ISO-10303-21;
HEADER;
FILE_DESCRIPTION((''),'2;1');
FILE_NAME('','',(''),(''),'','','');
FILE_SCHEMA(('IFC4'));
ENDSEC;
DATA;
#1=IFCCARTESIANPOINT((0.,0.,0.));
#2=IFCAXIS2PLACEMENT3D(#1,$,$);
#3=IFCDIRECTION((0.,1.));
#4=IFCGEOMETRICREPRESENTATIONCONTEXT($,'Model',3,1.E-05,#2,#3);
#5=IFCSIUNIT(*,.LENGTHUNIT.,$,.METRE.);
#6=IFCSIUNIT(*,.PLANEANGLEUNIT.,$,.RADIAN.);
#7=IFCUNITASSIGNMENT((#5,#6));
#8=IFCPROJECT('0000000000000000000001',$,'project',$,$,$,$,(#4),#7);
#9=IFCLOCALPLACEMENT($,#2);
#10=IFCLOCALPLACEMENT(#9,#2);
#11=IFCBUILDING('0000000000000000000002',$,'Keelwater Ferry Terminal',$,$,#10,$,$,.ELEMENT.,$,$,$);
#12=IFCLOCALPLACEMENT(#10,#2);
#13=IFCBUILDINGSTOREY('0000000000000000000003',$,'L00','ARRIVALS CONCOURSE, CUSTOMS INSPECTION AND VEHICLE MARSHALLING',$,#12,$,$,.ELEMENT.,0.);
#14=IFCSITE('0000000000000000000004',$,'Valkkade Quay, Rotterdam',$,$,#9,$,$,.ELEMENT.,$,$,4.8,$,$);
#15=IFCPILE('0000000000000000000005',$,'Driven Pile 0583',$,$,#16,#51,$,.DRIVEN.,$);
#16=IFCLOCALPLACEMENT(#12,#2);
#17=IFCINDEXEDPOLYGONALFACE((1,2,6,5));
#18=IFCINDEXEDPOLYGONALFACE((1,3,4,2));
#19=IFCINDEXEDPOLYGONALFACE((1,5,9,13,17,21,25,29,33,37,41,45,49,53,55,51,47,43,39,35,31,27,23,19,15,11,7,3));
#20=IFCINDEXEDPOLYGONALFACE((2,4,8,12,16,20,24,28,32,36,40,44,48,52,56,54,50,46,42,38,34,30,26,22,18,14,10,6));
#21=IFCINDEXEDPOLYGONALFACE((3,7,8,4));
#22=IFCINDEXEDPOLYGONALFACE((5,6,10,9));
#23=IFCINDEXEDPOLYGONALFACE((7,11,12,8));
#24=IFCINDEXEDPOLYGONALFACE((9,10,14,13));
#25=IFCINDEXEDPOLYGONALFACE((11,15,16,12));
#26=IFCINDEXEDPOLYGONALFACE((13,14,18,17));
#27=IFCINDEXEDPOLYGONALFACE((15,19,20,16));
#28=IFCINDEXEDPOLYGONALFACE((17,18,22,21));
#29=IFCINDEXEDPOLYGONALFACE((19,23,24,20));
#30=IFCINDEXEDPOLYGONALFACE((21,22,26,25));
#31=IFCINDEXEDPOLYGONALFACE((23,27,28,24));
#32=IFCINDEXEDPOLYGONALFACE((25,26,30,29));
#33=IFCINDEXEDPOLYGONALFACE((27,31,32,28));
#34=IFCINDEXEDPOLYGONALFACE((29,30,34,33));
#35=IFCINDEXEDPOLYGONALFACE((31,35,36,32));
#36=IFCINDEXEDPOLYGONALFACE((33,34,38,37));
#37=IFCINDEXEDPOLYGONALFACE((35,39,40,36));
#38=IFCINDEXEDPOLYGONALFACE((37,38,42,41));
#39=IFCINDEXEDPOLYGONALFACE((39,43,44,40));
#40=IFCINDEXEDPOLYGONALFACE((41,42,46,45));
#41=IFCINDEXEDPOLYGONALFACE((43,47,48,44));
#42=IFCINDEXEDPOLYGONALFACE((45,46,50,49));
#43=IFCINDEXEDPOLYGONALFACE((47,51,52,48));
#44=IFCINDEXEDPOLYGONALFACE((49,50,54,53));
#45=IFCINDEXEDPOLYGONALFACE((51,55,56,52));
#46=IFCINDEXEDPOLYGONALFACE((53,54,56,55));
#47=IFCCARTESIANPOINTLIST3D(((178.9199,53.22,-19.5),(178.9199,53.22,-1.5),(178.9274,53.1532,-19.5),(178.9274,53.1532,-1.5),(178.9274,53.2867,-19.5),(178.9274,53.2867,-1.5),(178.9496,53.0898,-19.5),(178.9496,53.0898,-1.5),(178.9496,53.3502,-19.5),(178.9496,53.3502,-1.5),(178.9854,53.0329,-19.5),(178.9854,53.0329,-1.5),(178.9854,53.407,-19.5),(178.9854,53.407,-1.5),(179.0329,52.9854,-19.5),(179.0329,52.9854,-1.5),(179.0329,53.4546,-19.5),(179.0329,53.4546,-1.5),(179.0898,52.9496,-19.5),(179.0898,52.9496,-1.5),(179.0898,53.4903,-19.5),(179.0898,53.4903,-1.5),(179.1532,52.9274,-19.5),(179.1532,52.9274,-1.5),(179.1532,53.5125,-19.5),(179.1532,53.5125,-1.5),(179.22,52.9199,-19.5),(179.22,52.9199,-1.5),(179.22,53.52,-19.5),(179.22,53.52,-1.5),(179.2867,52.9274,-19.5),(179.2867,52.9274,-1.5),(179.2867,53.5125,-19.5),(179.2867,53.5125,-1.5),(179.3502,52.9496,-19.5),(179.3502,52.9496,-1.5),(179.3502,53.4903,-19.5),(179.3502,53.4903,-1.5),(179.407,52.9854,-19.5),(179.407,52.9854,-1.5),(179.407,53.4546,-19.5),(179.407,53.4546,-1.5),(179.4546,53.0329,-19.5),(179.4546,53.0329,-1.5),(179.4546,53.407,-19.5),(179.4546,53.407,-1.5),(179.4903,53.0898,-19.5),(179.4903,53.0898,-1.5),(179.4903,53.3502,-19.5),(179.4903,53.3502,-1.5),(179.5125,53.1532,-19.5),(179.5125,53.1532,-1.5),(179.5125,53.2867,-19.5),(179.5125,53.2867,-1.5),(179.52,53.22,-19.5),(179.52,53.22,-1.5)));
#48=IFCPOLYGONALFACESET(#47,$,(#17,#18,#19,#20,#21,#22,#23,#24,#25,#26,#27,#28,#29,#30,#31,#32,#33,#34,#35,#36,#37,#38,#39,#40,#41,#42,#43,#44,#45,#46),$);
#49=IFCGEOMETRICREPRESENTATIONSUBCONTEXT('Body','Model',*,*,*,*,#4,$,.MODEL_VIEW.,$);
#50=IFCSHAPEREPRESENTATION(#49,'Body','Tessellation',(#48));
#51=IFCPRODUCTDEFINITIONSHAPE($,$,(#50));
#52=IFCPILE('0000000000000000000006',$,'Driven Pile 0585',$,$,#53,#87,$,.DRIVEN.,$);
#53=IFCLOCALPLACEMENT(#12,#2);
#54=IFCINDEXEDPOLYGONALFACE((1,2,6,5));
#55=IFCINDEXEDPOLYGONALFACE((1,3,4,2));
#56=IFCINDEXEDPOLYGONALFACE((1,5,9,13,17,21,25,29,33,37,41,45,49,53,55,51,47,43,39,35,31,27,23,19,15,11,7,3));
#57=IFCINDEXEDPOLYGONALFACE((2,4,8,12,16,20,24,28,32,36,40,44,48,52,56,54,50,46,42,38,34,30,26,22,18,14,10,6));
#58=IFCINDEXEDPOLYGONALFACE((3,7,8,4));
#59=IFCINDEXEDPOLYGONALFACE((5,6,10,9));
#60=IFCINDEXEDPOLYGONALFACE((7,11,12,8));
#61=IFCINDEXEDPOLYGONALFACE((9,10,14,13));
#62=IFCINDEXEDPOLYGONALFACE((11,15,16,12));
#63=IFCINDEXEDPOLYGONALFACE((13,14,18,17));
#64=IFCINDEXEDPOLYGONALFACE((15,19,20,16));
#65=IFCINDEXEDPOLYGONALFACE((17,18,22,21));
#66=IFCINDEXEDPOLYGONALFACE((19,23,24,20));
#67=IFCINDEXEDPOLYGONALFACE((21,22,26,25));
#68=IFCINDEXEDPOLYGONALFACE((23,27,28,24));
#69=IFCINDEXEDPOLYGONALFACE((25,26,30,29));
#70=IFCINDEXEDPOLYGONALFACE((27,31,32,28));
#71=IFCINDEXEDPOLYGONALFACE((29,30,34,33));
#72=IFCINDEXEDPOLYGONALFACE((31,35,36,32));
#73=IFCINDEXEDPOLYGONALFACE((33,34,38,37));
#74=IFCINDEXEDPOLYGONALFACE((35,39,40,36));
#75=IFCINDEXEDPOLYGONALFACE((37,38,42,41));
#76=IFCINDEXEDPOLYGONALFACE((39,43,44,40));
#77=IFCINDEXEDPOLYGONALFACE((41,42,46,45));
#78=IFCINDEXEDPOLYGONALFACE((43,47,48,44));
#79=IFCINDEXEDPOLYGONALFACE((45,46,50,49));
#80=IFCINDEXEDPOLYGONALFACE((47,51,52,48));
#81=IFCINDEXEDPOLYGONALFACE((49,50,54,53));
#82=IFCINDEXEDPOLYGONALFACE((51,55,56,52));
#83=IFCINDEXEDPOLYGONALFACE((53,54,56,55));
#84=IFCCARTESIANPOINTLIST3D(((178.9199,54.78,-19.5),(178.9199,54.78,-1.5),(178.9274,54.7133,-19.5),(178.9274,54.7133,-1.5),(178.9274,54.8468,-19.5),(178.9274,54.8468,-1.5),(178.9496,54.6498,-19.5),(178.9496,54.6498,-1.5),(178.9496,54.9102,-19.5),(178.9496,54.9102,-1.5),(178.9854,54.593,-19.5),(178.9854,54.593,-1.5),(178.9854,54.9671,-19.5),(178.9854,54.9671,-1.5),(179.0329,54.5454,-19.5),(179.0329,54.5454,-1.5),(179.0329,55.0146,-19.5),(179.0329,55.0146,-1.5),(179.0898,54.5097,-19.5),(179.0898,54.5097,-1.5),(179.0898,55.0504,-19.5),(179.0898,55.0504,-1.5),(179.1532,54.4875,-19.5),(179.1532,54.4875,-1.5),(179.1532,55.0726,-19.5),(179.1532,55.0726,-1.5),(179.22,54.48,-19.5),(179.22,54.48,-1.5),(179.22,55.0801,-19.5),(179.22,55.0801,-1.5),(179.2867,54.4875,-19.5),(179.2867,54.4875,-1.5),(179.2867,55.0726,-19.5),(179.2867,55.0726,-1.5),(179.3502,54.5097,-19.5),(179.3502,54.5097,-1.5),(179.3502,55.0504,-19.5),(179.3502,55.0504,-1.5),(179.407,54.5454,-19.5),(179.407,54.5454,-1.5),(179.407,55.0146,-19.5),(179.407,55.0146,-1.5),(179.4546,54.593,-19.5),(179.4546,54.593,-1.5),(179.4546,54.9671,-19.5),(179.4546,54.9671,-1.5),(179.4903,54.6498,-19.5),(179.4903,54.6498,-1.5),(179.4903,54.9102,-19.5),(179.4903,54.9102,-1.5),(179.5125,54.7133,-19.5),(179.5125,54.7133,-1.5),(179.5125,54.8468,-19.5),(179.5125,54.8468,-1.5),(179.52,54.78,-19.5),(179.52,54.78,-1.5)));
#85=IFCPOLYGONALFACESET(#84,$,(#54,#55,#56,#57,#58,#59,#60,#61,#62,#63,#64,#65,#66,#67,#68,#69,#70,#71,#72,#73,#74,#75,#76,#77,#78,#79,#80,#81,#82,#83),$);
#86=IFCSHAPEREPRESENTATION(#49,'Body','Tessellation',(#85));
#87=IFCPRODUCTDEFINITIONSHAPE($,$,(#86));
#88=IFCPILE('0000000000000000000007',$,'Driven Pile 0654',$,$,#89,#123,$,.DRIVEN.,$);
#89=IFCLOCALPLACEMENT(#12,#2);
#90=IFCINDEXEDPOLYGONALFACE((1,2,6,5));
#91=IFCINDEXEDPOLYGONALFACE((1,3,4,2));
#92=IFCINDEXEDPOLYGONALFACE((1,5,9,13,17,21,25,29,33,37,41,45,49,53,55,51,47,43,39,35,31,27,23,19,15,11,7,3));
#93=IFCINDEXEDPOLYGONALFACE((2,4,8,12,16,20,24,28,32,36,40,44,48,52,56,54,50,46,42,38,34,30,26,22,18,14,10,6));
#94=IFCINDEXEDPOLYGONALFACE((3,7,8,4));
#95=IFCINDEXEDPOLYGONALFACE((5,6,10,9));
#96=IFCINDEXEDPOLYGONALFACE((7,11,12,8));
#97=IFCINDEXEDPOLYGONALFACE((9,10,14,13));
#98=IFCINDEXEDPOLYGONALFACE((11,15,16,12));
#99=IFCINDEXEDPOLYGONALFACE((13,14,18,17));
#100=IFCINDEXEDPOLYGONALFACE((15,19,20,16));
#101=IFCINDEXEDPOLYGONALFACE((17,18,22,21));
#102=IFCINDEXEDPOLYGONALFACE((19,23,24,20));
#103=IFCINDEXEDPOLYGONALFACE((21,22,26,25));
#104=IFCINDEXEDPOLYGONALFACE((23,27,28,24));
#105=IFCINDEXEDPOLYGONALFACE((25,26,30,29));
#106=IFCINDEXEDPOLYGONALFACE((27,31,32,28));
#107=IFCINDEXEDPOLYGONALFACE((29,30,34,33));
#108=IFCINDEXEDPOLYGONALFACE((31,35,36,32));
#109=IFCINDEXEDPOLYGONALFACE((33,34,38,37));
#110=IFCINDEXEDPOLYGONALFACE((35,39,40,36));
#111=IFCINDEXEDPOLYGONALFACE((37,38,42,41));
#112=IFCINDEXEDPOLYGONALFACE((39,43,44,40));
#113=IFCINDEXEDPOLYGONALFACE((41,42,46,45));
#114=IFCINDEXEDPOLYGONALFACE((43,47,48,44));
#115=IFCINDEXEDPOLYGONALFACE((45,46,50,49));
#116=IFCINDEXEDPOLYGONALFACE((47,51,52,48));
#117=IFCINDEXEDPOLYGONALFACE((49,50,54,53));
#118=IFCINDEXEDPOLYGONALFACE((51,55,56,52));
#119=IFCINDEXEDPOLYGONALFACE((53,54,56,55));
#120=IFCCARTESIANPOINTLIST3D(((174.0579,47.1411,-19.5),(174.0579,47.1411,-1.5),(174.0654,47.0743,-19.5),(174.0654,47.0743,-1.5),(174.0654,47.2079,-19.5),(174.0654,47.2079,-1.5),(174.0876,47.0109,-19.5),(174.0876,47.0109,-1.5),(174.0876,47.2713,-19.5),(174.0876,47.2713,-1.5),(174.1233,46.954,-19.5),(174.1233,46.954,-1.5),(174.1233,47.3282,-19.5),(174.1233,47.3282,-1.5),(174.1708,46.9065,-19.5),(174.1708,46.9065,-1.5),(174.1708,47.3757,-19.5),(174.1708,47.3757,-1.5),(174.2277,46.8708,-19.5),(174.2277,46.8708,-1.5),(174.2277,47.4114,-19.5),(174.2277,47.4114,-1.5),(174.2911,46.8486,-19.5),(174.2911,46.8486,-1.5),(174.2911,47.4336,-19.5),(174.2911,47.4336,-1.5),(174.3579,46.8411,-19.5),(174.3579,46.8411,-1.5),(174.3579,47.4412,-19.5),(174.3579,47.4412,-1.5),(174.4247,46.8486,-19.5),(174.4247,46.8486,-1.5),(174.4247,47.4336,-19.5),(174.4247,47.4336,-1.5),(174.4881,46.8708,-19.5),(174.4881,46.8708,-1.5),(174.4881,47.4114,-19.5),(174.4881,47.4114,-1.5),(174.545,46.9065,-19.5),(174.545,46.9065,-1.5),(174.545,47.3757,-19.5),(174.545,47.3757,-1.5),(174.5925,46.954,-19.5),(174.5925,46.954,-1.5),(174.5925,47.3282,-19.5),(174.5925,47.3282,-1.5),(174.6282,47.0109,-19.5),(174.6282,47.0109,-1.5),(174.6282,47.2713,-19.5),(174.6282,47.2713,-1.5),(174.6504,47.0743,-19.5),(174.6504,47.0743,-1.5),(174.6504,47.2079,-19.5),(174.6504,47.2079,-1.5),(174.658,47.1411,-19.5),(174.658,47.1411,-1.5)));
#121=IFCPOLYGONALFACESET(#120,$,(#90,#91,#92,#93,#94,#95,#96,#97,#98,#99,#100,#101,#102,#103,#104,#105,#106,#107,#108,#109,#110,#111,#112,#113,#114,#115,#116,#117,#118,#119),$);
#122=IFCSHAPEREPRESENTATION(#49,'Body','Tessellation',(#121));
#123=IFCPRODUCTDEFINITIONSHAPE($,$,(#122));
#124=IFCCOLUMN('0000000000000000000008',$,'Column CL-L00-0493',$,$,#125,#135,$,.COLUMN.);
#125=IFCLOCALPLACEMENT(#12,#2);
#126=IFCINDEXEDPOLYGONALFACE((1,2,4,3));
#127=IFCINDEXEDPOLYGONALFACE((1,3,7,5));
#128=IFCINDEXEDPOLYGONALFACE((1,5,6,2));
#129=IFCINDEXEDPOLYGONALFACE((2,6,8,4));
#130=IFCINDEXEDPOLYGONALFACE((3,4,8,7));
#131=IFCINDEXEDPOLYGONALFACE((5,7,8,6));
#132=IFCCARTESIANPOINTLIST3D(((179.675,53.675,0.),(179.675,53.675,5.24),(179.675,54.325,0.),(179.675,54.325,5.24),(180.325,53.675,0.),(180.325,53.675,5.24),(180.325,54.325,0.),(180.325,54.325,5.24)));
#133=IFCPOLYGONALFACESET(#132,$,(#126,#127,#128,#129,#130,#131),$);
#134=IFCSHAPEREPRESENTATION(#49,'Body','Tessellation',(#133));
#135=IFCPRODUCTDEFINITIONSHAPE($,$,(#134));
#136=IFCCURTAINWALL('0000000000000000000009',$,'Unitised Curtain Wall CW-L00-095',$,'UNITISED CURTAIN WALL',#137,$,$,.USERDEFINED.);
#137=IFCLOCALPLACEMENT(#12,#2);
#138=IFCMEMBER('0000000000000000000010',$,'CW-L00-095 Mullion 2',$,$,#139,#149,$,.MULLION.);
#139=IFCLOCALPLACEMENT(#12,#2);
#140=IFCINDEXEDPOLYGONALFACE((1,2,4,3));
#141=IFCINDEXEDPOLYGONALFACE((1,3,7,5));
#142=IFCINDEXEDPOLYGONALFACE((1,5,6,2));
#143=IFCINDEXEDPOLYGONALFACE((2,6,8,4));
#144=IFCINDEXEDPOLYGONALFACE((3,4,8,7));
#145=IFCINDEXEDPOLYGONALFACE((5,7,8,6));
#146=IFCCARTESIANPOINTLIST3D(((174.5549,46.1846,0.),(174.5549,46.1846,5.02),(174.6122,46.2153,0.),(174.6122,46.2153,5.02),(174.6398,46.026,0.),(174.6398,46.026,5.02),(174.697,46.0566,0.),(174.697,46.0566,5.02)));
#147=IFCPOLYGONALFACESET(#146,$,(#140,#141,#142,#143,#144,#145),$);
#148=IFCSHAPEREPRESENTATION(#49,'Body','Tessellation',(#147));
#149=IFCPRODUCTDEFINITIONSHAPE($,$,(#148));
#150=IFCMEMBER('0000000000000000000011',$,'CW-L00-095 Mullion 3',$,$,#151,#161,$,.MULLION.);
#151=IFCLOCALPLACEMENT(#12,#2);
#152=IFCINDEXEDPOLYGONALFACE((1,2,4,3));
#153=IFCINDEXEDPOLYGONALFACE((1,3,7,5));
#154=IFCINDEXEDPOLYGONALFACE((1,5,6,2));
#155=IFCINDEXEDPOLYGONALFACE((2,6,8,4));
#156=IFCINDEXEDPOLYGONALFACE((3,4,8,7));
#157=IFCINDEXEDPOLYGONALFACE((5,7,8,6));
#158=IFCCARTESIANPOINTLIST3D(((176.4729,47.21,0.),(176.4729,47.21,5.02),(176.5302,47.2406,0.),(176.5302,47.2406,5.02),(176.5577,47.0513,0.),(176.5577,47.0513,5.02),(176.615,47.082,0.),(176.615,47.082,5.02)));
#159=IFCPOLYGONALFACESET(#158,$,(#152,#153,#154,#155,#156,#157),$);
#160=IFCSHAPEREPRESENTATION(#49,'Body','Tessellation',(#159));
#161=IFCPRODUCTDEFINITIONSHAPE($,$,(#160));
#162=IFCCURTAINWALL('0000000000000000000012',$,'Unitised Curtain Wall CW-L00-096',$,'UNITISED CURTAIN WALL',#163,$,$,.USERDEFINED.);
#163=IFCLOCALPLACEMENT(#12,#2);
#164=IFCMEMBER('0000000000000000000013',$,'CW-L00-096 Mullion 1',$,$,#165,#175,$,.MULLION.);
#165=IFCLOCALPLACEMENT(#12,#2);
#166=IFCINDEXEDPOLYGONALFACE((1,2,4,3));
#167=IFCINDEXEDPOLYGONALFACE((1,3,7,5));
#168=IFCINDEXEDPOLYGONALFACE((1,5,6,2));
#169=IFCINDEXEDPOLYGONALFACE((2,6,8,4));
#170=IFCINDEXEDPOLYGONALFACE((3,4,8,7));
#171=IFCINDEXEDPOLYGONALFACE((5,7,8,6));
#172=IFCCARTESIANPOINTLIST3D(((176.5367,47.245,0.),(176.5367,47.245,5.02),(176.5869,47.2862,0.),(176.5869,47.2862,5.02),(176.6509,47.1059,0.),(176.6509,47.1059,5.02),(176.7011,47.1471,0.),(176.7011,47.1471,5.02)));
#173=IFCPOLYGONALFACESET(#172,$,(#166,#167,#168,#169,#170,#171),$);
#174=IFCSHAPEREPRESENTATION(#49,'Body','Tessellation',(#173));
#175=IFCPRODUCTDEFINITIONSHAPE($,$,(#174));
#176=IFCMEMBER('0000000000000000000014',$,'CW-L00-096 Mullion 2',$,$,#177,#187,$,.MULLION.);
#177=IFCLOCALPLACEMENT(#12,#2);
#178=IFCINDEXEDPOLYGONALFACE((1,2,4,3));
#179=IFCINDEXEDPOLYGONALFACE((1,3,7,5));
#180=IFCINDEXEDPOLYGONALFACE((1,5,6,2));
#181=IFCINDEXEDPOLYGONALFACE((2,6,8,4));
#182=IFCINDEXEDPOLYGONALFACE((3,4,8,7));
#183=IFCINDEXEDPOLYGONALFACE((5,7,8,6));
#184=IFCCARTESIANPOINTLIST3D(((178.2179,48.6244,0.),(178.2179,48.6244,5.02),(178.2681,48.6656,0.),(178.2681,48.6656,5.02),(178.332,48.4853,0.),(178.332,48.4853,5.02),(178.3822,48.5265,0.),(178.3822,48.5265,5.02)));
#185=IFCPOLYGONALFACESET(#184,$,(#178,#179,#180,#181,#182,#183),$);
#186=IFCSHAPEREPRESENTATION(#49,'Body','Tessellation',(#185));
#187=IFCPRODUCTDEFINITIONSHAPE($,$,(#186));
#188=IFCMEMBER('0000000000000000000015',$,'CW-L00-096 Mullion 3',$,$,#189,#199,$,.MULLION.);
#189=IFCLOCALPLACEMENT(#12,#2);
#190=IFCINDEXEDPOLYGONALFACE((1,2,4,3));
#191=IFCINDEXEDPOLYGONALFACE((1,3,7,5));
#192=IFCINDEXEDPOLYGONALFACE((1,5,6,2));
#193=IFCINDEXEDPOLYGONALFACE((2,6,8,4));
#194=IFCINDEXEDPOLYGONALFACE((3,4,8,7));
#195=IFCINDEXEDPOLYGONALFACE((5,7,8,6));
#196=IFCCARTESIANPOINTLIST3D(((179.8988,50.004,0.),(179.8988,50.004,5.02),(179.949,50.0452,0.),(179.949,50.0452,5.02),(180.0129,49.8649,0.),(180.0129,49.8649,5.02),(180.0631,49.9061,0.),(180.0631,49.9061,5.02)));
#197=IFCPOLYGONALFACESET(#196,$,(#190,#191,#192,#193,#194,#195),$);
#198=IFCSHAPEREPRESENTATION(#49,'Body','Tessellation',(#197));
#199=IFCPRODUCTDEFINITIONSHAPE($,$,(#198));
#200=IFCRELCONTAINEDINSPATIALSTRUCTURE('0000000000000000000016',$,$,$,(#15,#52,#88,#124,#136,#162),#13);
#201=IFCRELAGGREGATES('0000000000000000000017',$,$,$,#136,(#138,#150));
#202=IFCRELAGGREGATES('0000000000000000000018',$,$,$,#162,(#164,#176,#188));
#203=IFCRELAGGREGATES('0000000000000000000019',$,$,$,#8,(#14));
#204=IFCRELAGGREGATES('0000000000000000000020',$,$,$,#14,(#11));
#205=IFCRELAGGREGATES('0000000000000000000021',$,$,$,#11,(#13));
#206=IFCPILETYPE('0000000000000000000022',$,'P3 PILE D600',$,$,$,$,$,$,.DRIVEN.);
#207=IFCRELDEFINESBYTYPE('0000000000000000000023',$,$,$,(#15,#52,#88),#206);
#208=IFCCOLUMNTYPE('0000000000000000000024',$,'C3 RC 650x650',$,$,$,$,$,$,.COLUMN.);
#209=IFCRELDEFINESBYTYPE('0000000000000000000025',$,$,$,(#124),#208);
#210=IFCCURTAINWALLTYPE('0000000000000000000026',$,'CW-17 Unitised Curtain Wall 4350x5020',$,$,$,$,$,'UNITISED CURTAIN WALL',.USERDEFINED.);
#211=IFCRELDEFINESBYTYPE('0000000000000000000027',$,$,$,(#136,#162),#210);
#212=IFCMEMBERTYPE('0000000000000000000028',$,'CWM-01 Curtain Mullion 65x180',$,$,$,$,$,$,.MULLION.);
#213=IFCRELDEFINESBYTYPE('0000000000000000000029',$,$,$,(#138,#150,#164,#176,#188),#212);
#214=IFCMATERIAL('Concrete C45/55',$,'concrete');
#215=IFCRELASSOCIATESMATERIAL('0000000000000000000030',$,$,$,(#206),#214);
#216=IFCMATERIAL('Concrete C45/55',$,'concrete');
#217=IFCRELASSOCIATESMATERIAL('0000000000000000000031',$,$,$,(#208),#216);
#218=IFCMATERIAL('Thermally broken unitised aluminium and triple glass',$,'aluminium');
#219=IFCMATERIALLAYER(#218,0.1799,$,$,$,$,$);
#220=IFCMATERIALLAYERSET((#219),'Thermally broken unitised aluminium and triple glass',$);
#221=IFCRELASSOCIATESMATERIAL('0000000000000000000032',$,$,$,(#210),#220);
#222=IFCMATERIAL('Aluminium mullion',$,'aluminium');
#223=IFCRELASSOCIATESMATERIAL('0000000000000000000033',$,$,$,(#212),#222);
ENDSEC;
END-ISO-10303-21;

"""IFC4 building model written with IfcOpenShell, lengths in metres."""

from ifc_helpers import new_model, si_unit, direction, frame, origin, origin_2d, place, context, subcontext, project, spatial, rectangle, circle, extrude, material, layer, layer_set, material_profile, profile_set, type_object, element, aggregate, save


model = new_model("IFC4")

# Units and contexts
model_context = context("Model", 3, precision=1e-05, world=origin(), true_north=direction((0.0, 1.0)))
body_context = subcontext(model_context, "Body", "Model", "MODEL_VIEW")
ifc_project = project(units=[si_unit("LENGTHUNIT", "METRE"), si_unit("PLANEANGLEUNIT", "RADIAN")], contexts=[model_context])

# Site, building, storey
site_placement = place(None, origin())
site = spatial("IfcSite", under=ifc_project, at=site_placement, Name="Valkkade Quay, Rotterdam", CompositionType="ELEMENT", RefElevation=4.8)
building_placement = place(site_placement, origin())
building = spatial("IfcBuilding", under=site, at=building_placement, Name="Keelwater Ferry Terminal", CompositionType="ELEMENT")
storey_placement = place(building_placement, origin())
storey = spatial("IfcBuildingStorey", under=building, at=storey_placement, Name="L00", Description="ARRIVALS CONCOURSE, CUSTOMS INSPECTION AND VEHICLE MARSHALLING", CompositionType="ELEMENT", Elevation=0.0)

# Piles
ifc_material_1 = material(Name="Concrete C45/55", Category="concrete")
ifc_material_profile_1 = material_profile(ifc_material_1, circle(Radius=0.3, at=origin_2d()), Name="PILE D600")
ifc_profile_set_1 = profile_set([ifc_material_profile_1], Name="Concrete C45/55")
pile_type = type_object("IfcPileType", Name="P3 PILE D600", PredefinedType="DRIVEN", material=ifc_profile_set_1)
for number, where, z_axis, x_axis, name in (
    (1, (179.22, 53.22, -1.5), (0.0, 0.0, -1.0), (1.0, 0.0, 0.0), "Driven Pile 0583"),
    (2, (179.22, 54.78, -1.5), (0.0, 0.0, -1.0), (1.0, 0.0, 0.0), "Driven Pile 0585"),
    (3, (174.3579, 47.1411, -1.5), (0.0, 0.0, -1.0), (1.0, 0.0, 0.0), "Driven Pile 0654"),
):
    element("IfcPile", number, at=place(storey_placement, frame(where, z_axis=z_axis, x_axis=x_axis)), inside=storey, type_object=pile_type, Name=name, PredefinedType="DRIVEN", context=body_context, shape_type="SweptSolid", body=[
        extrude(circle(Radius=0.3, at=origin_2d()), origin(), (0.0, 0.0, 1.0), 18.0),
    ])

# Column
ifc_material_2 = material(Name="Concrete C45/55", Category="concrete")
ifc_material_profile_2 = material_profile(ifc_material_2, rectangle(XDim=0.6499, YDim=0.6499, at=origin_2d()), Name="RC 650x650")
ifc_profile_set_2 = profile_set([ifc_material_profile_2], Name="Concrete C45/55")
column_type = type_object("IfcColumnType", Name="C3 RC 650x650", PredefinedType="COLUMN", material=ifc_profile_set_2)
column_placement = place(storey_placement, frame((180.0, 54.0, 0.0), z_axis=(0.0, 0.0, 1.0), x_axis=(1.0, 0.0, 0.0)))
element("IfcColumn", 4, at=column_placement, inside=storey, type_object=column_type, Name="Column CL-L00-0493", PredefinedType="COLUMN", context=body_context, shape_type="SweptSolid", body=[
    extrude(rectangle(XDim=0.6499, YDim=0.6499, at=origin_2d()), origin(), (0.0, 0.0, 1.0), 5.24),
])

# Curtain walls, members
ifc_material_3 = material(Name="Thermally broken unitised aluminium and triple glass", Category="aluminium")
ifc_layer_1 = layer(ifc_material_3, 0.1799)
ifc_layer_set_1 = layer_set([ifc_layer_1], Name="Thermally broken unitised aluminium and triple glass")
curtain_wall_type = type_object("IfcCurtainWallType", Name="CW-17 Unitised Curtain Wall 4350x5020", ElementType="UNITISED CURTAIN WALL", PredefinedType="USERDEFINED", material=ifc_layer_set_1)
curtain_wall_1_placement = place(storey_placement, origin())
curtain_wall_1 = element("IfcCurtainWall", 5, at=curtain_wall_1_placement, inside=storey, type_object=curtain_wall_type, Name="Unitised Curtain Wall CW-L00-095", ObjectType="UNITISED CURTAIN WALL", PredefinedType="USERDEFINED")
ifc_material_4 = material(Name="Aluminium mullion", Category="aluminium")
ifc_material_profile_3 = material_profile(ifc_material_4, rectangle(XDim=0.0649, YDim=0.1799, at=origin_2d()), Name="CWM-01")
ifc_profile_set_3 = profile_set([ifc_material_profile_3], Name="Aluminium mullion")
member_type_1 = type_object("IfcMemberType", Name="CWM-01 Curtain Mullion 65x180", PredefinedType="MULLION", material=ifc_profile_set_3)
member_1_placement = place(storey_placement, frame((174.626, 46.1206, 0.0), z_axis=(0.0, 0.0, 1.0), x_axis=(0.881862, 0.471507, 0.0)))
member_1 = element("IfcMember", 6, at=member_1_placement, type_object=member_type_1, Name="CW-L00-095 Mullion 2", PredefinedType="MULLION", context=body_context, shape_type="SweptSolid", body=[
    extrude(rectangle(XDim=0.0649, YDim=0.1799, at=origin_2d()), origin(), (0.0, 0.0, 1.0), 5.02),
])
member_2_placement = place(storey_placement, frame((176.5439, 47.146, 0.0), z_axis=(0.0, 0.0, 1.0), x_axis=(0.881862, 0.471507, 0.0)))
member_2 = element("IfcMember", 7, at=member_2_placement, type_object=member_type_1, Name="CW-L00-095 Mullion 3", PredefinedType="MULLION", context=body_context, shape_type="SweptSolid", body=[
    extrude(rectangle(XDim=0.0649, YDim=0.1799, at=origin_2d()), origin(), (0.0, 0.0, 1.0), 5.02),
])
curtain_wall_2_placement = place(storey_placement, origin())
curtain_wall_2 = element("IfcCurtainWall", 8, at=curtain_wall_2_placement, inside=storey, type_object=curtain_wall_type, Name="Unitised Curtain Wall CW-L00-096", ObjectType="UNITISED CURTAIN WALL", PredefinedType="USERDEFINED")
member_3_placement = place(storey_placement, frame((176.6189, 47.196, 0.0), z_axis=(0.0, 0.0, 1.0), x_axis=(0.773024, 0.634377, 0.0)))
member_3 = element("IfcMember", 9, at=member_3_placement, type_object=member_type_1, Name="CW-L00-096 Mullion 1", PredefinedType="MULLION", context=body_context, shape_type="SweptSolid", body=[
    extrude(rectangle(XDim=0.0649, YDim=0.1799, at=origin_2d()), origin(), (0.0, 0.0, 1.0), 5.02),
])
member_4_placement = place(storey_placement, frame((178.3, 48.5754, 0.0), z_axis=(0.0, 0.0, 1.0), x_axis=(0.773024, 0.634377, 0.0)))
member_4 = element("IfcMember", 10, at=member_4_placement, type_object=member_type_1, Name="CW-L00-096 Mullion 2", PredefinedType="MULLION", context=body_context, shape_type="SweptSolid", body=[
    extrude(rectangle(XDim=0.0649, YDim=0.1799, at=origin_2d()), origin(), (0.0, 0.0, 1.0), 5.02),
])
member_5_placement = place(storey_placement, frame((179.981, 49.9551, 0.0), z_axis=(0.0, 0.0, 1.0), x_axis=(0.773024, 0.634377, 0.0)))
member_5 = element("IfcMember", 11, at=member_5_placement, type_object=member_type_1, Name="CW-L00-096 Mullion 3", PredefinedType="MULLION", context=body_context, shape_type="SweptSolid", body=[
    extrude(rectangle(XDim=0.0649, YDim=0.1799, at=origin_2d()), origin(), (0.0, 0.0, 1.0), 5.02),
])

aggregate(curtain_wall_1, [member_1, member_2])
aggregate(curtain_wall_2, [member_3, member_4, member_5])

save(model, "model.ifc")
